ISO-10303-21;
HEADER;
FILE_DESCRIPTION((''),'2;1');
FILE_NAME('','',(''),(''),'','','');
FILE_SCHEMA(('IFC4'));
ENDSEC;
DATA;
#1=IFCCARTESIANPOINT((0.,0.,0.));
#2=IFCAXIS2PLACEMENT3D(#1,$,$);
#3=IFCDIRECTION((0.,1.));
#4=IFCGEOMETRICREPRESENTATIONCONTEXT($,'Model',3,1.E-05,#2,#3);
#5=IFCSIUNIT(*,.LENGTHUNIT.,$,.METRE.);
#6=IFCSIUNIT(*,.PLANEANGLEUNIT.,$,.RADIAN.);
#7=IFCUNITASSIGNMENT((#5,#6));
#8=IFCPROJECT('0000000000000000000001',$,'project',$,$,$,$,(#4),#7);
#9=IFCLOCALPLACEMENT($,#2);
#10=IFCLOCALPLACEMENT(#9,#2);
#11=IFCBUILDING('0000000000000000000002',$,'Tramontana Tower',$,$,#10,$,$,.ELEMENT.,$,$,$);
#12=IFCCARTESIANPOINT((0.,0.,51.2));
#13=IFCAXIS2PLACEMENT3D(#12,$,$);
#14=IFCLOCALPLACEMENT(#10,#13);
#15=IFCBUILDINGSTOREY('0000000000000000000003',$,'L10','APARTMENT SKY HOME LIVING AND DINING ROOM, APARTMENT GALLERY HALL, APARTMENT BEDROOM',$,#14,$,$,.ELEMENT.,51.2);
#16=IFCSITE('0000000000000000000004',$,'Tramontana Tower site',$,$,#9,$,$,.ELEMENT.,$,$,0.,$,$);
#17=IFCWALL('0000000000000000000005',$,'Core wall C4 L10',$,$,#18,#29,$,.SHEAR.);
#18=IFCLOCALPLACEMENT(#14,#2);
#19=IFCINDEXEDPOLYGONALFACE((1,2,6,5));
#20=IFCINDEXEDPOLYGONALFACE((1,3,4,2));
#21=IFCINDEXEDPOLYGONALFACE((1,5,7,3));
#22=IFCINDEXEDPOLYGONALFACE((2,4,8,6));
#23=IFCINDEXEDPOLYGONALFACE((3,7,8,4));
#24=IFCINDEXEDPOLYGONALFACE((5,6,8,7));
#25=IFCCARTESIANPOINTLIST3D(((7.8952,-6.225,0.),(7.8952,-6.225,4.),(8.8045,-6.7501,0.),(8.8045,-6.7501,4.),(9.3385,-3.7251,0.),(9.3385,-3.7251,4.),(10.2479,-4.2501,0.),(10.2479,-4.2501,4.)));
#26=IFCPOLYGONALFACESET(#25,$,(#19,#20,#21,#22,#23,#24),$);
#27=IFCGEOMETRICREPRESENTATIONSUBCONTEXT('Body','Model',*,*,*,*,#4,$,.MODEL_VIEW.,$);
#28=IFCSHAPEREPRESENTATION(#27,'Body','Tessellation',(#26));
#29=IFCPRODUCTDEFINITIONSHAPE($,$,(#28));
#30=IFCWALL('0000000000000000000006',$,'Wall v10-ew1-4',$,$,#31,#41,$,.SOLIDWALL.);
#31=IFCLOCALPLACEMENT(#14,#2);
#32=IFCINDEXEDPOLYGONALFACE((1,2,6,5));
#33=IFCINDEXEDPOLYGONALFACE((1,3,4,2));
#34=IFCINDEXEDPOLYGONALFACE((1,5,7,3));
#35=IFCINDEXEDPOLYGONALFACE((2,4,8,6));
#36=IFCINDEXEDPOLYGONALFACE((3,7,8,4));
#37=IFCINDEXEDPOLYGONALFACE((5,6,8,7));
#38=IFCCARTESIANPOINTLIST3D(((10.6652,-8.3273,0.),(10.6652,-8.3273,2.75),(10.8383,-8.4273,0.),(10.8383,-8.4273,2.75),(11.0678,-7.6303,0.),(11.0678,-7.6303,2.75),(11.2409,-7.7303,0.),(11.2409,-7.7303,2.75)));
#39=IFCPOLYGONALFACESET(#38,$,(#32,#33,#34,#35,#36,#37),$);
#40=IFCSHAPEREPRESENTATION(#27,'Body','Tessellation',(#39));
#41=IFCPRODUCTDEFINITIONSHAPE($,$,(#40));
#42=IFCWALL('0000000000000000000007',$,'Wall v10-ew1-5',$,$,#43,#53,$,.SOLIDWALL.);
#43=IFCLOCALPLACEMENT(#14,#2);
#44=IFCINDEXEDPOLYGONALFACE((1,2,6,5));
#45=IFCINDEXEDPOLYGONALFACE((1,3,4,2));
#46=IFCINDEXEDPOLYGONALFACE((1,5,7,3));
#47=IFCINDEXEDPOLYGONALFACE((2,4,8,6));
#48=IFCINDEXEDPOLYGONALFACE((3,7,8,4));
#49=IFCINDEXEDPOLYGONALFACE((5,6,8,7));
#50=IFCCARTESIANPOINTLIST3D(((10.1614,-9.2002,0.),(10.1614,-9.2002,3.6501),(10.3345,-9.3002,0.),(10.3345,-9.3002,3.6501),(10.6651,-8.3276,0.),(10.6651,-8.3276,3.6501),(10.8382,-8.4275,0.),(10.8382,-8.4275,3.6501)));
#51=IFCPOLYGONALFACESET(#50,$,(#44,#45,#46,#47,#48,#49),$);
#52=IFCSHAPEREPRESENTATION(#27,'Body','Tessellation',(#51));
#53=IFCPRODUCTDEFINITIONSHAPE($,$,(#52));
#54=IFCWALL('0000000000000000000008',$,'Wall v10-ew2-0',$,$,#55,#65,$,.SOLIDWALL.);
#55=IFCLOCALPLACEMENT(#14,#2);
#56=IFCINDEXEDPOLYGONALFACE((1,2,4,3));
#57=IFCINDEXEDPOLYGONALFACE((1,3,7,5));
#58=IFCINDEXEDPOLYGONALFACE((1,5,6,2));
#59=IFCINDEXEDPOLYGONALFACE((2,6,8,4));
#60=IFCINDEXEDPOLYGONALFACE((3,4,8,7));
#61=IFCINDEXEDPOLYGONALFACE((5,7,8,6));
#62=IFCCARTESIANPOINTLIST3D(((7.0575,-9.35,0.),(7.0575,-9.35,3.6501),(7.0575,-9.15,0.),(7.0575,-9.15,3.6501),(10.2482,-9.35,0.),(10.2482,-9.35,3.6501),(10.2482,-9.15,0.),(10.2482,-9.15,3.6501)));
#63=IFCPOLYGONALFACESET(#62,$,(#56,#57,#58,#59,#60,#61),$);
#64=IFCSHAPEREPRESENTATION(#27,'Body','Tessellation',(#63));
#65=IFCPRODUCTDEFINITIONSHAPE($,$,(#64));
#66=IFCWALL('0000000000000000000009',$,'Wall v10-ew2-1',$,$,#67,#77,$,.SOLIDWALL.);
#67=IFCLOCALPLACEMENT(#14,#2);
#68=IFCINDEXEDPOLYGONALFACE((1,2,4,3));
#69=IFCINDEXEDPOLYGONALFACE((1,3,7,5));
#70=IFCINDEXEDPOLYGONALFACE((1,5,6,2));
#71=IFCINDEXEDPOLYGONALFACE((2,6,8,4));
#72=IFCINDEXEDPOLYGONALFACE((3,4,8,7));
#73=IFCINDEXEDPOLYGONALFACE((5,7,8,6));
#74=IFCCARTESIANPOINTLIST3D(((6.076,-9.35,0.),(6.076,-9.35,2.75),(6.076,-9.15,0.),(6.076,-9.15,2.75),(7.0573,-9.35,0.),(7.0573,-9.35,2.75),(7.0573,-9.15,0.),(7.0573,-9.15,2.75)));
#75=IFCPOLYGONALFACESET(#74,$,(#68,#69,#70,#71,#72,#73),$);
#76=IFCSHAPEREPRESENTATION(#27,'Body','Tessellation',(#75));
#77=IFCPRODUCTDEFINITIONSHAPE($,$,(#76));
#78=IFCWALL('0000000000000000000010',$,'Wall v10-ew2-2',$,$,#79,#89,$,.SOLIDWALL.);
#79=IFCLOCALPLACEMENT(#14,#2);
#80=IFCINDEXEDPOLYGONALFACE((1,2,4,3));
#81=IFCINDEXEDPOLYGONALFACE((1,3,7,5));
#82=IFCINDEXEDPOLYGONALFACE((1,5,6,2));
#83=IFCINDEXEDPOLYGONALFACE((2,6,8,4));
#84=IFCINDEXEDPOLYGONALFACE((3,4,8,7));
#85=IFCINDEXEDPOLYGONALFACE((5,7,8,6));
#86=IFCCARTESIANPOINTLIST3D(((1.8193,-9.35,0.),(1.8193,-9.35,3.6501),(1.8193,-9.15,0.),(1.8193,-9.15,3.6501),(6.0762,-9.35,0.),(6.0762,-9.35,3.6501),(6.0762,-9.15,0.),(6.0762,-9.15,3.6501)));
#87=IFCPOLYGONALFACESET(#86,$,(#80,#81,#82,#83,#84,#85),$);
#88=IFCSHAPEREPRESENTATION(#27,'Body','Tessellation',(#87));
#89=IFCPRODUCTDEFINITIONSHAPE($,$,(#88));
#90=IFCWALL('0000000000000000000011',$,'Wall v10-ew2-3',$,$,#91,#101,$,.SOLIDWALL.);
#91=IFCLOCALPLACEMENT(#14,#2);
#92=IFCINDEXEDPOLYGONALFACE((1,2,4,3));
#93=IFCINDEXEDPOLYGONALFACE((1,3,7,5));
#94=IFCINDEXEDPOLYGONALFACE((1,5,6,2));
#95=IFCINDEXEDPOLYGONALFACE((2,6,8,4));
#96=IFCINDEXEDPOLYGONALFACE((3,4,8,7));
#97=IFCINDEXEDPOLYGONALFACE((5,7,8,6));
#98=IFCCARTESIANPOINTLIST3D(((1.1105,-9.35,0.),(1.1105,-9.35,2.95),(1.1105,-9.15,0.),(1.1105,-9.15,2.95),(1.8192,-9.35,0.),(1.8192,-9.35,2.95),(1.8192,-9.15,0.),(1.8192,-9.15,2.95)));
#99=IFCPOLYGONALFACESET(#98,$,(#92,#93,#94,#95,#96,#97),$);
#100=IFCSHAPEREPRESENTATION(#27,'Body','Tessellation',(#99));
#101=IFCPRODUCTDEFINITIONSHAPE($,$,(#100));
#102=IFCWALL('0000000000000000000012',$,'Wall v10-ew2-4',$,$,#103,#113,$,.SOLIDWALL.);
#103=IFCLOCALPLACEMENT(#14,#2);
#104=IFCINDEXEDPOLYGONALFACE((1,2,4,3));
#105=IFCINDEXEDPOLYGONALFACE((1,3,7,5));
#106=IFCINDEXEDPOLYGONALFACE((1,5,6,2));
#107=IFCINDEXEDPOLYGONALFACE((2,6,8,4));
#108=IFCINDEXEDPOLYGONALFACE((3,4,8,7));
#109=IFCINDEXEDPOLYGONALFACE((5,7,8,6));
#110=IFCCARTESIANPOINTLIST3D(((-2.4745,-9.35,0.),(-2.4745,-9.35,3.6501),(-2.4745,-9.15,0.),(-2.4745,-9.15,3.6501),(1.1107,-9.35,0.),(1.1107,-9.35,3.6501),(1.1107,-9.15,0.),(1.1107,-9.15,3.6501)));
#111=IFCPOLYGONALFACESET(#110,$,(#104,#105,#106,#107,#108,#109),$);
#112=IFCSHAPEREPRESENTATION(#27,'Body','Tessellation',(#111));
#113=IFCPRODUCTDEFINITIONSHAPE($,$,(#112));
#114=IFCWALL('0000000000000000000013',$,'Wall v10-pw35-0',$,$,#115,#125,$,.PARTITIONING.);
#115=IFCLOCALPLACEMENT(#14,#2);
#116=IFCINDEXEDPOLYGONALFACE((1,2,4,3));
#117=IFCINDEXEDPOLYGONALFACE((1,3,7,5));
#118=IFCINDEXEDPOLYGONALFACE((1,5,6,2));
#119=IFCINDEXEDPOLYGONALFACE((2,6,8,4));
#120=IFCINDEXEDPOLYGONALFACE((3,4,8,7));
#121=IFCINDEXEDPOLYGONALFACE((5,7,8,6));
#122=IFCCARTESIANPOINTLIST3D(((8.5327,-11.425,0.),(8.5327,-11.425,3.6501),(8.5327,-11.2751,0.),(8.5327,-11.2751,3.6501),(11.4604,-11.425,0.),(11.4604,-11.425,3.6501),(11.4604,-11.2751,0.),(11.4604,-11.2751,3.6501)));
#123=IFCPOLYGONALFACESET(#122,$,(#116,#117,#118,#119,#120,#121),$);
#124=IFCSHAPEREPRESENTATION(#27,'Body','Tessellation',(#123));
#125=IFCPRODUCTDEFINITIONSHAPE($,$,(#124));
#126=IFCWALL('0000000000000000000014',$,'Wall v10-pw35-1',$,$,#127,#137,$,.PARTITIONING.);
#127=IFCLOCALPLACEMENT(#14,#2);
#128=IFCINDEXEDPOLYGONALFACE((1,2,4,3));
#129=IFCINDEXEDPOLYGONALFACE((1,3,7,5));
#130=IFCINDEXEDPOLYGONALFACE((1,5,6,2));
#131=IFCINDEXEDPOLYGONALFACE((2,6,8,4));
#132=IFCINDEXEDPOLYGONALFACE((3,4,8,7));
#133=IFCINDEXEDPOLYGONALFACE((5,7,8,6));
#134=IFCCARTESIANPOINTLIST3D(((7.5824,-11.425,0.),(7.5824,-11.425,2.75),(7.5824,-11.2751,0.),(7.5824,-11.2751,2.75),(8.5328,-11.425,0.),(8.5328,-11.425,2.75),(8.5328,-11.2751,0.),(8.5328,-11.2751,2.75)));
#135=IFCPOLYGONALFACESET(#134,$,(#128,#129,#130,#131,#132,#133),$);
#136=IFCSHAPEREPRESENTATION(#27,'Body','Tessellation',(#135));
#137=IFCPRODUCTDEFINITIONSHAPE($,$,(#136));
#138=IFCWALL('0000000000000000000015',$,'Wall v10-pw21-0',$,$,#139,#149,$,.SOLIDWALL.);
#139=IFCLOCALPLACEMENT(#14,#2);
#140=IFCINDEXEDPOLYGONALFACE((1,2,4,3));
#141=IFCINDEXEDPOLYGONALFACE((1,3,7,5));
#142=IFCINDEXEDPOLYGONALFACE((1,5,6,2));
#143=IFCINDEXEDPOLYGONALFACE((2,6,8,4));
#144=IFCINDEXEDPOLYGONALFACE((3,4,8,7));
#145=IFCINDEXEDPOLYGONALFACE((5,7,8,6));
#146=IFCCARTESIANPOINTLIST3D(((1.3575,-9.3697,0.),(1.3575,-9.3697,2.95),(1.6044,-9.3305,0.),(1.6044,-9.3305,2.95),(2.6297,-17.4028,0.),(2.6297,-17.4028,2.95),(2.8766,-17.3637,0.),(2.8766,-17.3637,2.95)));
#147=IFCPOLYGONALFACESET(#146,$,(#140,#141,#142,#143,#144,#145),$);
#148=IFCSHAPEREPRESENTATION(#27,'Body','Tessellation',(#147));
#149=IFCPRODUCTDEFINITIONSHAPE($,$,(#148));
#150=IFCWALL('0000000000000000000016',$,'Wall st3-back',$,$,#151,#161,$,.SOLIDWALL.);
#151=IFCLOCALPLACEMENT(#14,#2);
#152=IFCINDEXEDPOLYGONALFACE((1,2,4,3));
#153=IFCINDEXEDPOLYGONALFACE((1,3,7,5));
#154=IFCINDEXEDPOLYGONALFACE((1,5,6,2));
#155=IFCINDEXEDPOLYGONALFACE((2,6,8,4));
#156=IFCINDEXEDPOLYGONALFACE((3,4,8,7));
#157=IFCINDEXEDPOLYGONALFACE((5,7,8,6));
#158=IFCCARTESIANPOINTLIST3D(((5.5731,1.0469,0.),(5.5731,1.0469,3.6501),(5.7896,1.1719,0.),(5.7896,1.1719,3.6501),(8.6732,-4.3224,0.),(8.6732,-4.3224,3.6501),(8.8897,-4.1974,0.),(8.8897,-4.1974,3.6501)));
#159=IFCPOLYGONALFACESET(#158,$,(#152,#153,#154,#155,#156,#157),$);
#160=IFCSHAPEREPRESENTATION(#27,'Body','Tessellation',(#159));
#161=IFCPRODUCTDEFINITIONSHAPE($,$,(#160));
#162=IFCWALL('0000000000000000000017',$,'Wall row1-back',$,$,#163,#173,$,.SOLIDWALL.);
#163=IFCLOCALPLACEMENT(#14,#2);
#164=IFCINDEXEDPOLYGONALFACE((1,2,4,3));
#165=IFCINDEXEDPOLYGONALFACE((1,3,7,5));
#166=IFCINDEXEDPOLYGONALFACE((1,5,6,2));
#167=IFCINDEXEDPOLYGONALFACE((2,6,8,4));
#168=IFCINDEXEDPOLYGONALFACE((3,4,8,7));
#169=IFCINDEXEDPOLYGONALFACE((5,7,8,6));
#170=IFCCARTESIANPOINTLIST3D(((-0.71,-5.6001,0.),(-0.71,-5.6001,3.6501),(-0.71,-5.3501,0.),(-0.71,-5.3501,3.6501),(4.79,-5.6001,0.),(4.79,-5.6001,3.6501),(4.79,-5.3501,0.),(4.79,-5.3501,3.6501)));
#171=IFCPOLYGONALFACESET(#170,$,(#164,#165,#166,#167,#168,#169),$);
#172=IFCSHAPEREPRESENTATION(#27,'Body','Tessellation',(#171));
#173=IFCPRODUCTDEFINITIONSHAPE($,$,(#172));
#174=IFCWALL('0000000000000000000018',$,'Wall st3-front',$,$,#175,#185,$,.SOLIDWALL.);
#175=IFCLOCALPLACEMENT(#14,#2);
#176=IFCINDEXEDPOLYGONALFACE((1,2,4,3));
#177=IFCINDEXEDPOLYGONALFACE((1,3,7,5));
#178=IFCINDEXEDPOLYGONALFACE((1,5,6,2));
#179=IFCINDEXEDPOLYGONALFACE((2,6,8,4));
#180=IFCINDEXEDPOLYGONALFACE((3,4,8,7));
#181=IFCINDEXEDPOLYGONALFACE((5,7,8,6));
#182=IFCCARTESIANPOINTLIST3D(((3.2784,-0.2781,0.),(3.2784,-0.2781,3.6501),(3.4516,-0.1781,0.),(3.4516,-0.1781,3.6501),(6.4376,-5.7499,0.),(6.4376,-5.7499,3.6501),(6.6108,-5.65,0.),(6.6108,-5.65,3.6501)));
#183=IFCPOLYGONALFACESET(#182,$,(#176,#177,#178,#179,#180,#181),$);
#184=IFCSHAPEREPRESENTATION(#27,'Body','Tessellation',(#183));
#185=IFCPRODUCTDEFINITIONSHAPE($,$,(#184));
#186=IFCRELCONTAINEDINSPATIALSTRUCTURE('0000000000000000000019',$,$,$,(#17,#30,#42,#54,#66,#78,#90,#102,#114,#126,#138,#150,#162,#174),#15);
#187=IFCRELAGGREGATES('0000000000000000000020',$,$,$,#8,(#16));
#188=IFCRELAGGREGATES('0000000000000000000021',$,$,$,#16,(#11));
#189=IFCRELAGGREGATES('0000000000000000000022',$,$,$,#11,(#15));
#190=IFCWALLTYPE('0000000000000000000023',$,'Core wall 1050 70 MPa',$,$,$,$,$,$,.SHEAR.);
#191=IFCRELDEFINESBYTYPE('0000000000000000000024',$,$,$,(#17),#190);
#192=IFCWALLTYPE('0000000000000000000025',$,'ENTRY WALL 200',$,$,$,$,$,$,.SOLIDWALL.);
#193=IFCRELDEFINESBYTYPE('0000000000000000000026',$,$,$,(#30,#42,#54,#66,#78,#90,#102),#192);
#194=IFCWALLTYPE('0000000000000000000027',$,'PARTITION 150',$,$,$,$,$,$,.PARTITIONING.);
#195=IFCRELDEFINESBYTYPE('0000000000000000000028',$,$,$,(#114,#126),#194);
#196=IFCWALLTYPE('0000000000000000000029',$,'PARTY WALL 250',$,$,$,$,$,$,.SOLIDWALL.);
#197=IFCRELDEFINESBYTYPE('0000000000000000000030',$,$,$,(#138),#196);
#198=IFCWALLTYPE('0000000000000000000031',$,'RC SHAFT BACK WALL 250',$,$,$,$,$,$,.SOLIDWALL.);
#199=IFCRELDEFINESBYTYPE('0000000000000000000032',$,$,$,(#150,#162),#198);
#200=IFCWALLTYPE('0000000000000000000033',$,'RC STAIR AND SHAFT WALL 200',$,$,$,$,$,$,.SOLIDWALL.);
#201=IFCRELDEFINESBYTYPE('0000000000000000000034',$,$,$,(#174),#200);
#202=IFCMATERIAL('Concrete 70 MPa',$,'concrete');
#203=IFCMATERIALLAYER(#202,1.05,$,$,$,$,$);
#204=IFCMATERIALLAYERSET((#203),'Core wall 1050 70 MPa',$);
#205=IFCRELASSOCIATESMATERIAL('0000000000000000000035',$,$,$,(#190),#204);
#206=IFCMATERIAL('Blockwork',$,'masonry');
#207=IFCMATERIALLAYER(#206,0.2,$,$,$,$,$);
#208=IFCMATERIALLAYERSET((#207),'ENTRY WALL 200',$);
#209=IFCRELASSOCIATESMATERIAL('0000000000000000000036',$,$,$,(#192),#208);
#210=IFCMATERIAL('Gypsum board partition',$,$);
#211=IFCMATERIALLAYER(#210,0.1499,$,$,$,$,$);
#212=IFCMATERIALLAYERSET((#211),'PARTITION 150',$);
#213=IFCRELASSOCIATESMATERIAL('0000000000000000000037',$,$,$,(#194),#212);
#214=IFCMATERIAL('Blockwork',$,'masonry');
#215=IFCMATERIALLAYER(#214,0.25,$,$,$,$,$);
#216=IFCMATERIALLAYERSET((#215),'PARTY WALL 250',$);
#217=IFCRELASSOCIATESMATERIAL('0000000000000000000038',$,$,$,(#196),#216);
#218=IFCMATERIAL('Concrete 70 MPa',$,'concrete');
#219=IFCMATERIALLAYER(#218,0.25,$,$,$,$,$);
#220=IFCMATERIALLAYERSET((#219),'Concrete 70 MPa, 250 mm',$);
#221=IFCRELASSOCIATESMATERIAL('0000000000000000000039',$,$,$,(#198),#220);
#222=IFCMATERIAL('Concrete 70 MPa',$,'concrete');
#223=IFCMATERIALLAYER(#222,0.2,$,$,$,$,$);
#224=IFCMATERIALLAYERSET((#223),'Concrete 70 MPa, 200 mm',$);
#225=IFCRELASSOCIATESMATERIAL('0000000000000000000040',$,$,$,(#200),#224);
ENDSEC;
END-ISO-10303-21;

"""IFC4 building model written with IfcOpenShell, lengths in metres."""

from ifc_helpers import new_model, si_unit, direction, frame, frame_2d, origin, place, context, subcontext, project, spatial, rectangle, extrude, material, layer, layer_set, type_object, element, save


model = new_model("IFC4")

# Units and contexts
model_context = context("Model", 3, precision=1e-05, world=origin(), true_north=direction((0.0, 1.0)))
body_context = subcontext(model_context, "Body", "Model", "MODEL_VIEW")
ifc_project = project(units=[si_unit("LENGTHUNIT", "METRE"), si_unit("PLANEANGLEUNIT", "RADIAN")], contexts=[model_context])

# Site, building, storey
site_placement = place(None, origin())
site = spatial("IfcSite", under=ifc_project, at=site_placement, Name="Tramontana Tower site", CompositionType="ELEMENT", RefElevation=0.0)
building_placement = place(site_placement, origin())
building = spatial("IfcBuilding", under=site, at=building_placement, Name="Tramontana Tower", CompositionType="ELEMENT")
storey_placement = place(building_placement, frame((0.0, 0.0, 51.2)))
storey = spatial("IfcBuildingStorey", under=building, at=storey_placement, Name="L10", Description="APARTMENT SKY HOME LIVING AND DINING ROOM, APARTMENT GALLERY HALL, APARTMENT BEDROOM", CompositionType="ELEMENT", Elevation=51.2)

# Wall
ifc_material_1 = material(Name="Concrete 70 MPa", Category="concrete")
ifc_layer_1 = layer(ifc_material_1, 1.05)
ifc_layer_set_1 = layer_set([ifc_layer_1], Name="Core wall 1050 70 MPa")
wall_type_1 = type_object("IfcWallType", Name="Core wall 1050 70 MPa", PredefinedType="SHEAR", material=ifc_layer_set_1)
wall_1_placement = place(storey_placement, frame((8.3499, -6.4875, 0.0), z_axis=(0.0, 0.0, 1.0), x_axis=(0.499996, 0.866028, 0.0)))
element("IfcWall", 1, at=wall_1_placement, inside=storey, type_object=wall_type_1, Name="Core wall C4 L10", PredefinedType="SHEAR", context=body_context, shape_type="SweptSolid", body=[
    extrude(rectangle(XDim=2.8867, YDim=1.05, at=frame_2d((1.4434, 0.0))), origin(), (0.0, 0.0, 1.0), 4.0),
])

# Walls
ifc_material_2 = material(Name="Blockwork", Category="masonry")
ifc_layer_2 = layer(ifc_material_2, 0.2)
ifc_layer_set_2 = layer_set([ifc_layer_2], Name="ENTRY WALL 200")
wall_type_2 = type_object("IfcWallType", Name="ENTRY WALL 200", PredefinedType="SOLIDWALL", material=ifc_layer_set_2)
wall_2_placement = place(storey_placement, frame((11.1543, -7.6804, 0.0), z_axis=(0.0, 0.0, 1.0), x_axis=(-0.500151, -0.865938, 0.0)))
element("IfcWall", 2, at=wall_2_placement, inside=storey, type_object=wall_type_2, Name="Wall v10-ew1-4", PredefinedType="SOLIDWALL", context=body_context, shape_type="SweptSolid", body=[
    extrude(rectangle(XDim=0.8049, YDim=0.2, at=frame_2d((0.4023, 0.0))), origin(), (0.0, 0.0, 1.0), 2.75),
])
wall_3_placement = place(storey_placement, frame((10.7517, -8.3774, 0.0), z_axis=(0.0, 0.0, 1.0), x_axis=(-0.499918, -0.866073, 0.0)))
element("IfcWall", 3, at=wall_3_placement, inside=storey, type_object=wall_type_2, Name="Wall v10-ew1-5", PredefinedType="SOLIDWALL", context=body_context, shape_type="SweptSolid", body=[
    extrude(rectangle(XDim=1.0076, YDim=0.2, at=frame_2d((0.5039, 0.0))), origin(), (0.0, 0.0, 1.0), 3.6501),
])
wall_4_placement = place(storey_placement, frame((10.248, -9.25, 0.0), z_axis=(0.0, 0.0, 1.0), x_axis=(-1.0, 0.0, 0.0)))
element("IfcWall", 4, at=wall_4_placement, inside=storey, type_object=wall_type_2, Name="Wall v10-ew2-0", PredefinedType="SOLIDWALL", context=body_context, shape_type="SweptSolid", body=[
    extrude(rectangle(XDim=3.1907, YDim=0.2, at=frame_2d((1.5952, 0.0))), origin(), (0.0, 0.0, 1.0), 3.6501),
])
wall_5_placement = place(storey_placement, frame((7.0574, -9.25, 0.0), z_axis=(0.0, 0.0, 1.0), x_axis=(-1.0, 0.0, 0.0)))
element("IfcWall", 5, at=wall_5_placement, inside=storey, type_object=wall_type_2, Name="Wall v10-ew2-1", PredefinedType="SOLIDWALL", context=body_context, shape_type="SweptSolid", body=[
    extrude(rectangle(XDim=0.9812, YDim=0.2, at=frame_2d((0.4907, 0.0))), origin(), (0.0, 0.0, 1.0), 2.75),
])
wall_6_placement = place(storey_placement, frame((6.0762, -9.25, 0.0), z_axis=(0.0, 0.0, 1.0), x_axis=(-1.0, 0.0, 0.0)))
element("IfcWall", 6, at=wall_6_placement, inside=storey, type_object=wall_type_2, Name="Wall v10-ew2-2", PredefinedType="SOLIDWALL", context=body_context, shape_type="SweptSolid", body=[
    extrude(rectangle(XDim=4.2568, YDim=0.2, at=frame_2d((2.1284, 0.0))), origin(), (0.0, 0.0, 1.0), 3.6501),
])
wall_7_placement = place(storey_placement, frame((1.8193, -9.25, 0.0), z_axis=(0.0, 0.0, 1.0), x_axis=(-1.0, 0.0, 0.0)))
element("IfcWall", 7, at=wall_7_placement, inside=storey, type_object=wall_type_2, Name="Wall v10-ew2-3", PredefinedType="SOLIDWALL", context=body_context, shape_type="SweptSolid", body=[
    extrude(rectangle(XDim=0.7087, YDim=0.2, at=frame_2d((0.3545, 0.0))), origin(), (0.0, 0.0, 1.0), 2.95),
])
wall_8_placement = place(storey_placement, frame((1.1106, -9.25, 0.0), z_axis=(0.0, 0.0, 1.0), x_axis=(-1.0, 0.0, 0.0)))
element("IfcWall", 8, at=wall_8_placement, inside=storey, type_object=wall_type_2, Name="Wall v10-ew2-4", PredefinedType="SOLIDWALL", context=body_context, shape_type="SweptSolid", body=[
    extrude(rectangle(XDim=3.5852, YDim=0.2, at=frame_2d((1.7925, 0.0))), origin(), (0.0, 0.0, 1.0), 3.6501),
])
ifc_material_3 = material(Name="Gypsum board partition")
ifc_layer_3 = layer(ifc_material_3, 0.1499)
ifc_layer_set_3 = layer_set([ifc_layer_3], Name="PARTITION 150")
wall_type_3 = type_object("IfcWallType", Name="PARTITION 150", PredefinedType="PARTITIONING", material=ifc_layer_set_3)
wall_9_placement = place(storey_placement, frame((11.4604, -11.3501, 0.0), z_axis=(0.0, 0.0, 1.0), x_axis=(-1.0, 0.0, 0.0)))
element("IfcWall", 9, at=wall_9_placement, inside=storey, type_object=wall_type_3, Name="Wall v10-pw35-0", PredefinedType="PARTITIONING", context=body_context, shape_type="SweptSolid", body=[
    extrude(rectangle(XDim=2.9277, YDim=0.1499, at=frame_2d((1.4639, 0.0))), origin(), (0.0, 0.0, 1.0), 3.6501),
])
wall_10_placement = place(storey_placement, frame((8.5327, -11.3501, 0.0), z_axis=(0.0, 0.0, 1.0), x_axis=(-1.0, 0.0, 0.0)))
element("IfcWall", 10, at=wall_10_placement, inside=storey, type_object=wall_type_3, Name="Wall v10-pw35-1", PredefinedType="PARTITIONING", context=body_context, shape_type="SweptSolid", body=[
    extrude(rectangle(XDim=0.9504, YDim=0.1499, at=frame_2d((0.4751, 0.0))), origin(), (0.0, 0.0, 1.0), 2.75),
])
ifc_material_4 = material(Name="Blockwork", Category="masonry")
ifc_layer_4 = layer(ifc_material_4, 0.25)
ifc_layer_set_4 = layer_set([ifc_layer_4], Name="PARTY WALL 250")
wall_type_4 = type_object("IfcWallType", Name="PARTY WALL 250", PredefinedType="SOLIDWALL", material=ifc_layer_set_4)
wall_11_placement = place(storey_placement, frame((1.481, -9.3501, 0.0), z_axis=(0.0, 0.0, 1.0), x_axis=(0.15642, -0.987691, 0.0)))
element("IfcWall", 11, at=wall_11_placement, inside=storey, type_object=wall_type_4, Name="Wall v10-pw21-0", PredefinedType="SOLIDWALL", context=body_context, shape_type="SweptSolid", body=[
    extrude(rectangle(XDim=8.1333, YDim=0.25, at=frame_2d((4.0667, 0.0))), origin(), (0.0, 0.0, 1.0), 2.95),
])
ifc_material_5 = material(Name="Concrete 70 MPa", Category="concrete")
ifc_layer_5 = layer(ifc_material_5, 0.25)
ifc_layer_set_5 = layer_set([ifc_layer_5], Name="Concrete 70 MPa, 250 mm")
wall_type_5 = type_object("IfcWallType", Name="RC SHAFT BACK WALL 250", PredefinedType="SOLIDWALL", material=ifc_layer_set_5)
wall_12_placement = place(storey_placement, frame((8.7815, -4.26, 0.0), z_axis=(0.0, 0.0, 1.0), x_axis=(-0.50001, 0.86602, 0.0)))
element("IfcWall", 12, at=wall_12_placement, inside=storey, type_object=wall_type_5, Name="Wall st3-back", PredefinedType="SOLIDWALL", context=body_context, shape_type="SweptSolid", body=[
    extrude(rectangle(XDim=6.2, YDim=0.25, at=frame_2d((3.1001, 0.0))), origin(), (0.0, 0.0, 1.0), 3.6501),
])
wall_13_placement = place(storey_placement, frame((-0.71, -5.4751, 0.0), z_axis=(0.0, 0.0, 1.0), x_axis=(1.0, 0.0, 0.0)))
element("IfcWall", 13, at=wall_13_placement, inside=storey, type_object=wall_type_5, Name="Wall row1-back", PredefinedType="SOLIDWALL", context=body_context, shape_type="SweptSolid", body=[
    extrude(rectangle(XDim=5.5, YDim=0.25, at=frame_2d((2.75, 0.0))), origin(), (0.0, 0.0, 1.0), 3.6501),
])
ifc_material_6 = material(Name="Concrete 70 MPa", Category="concrete")
ifc_layer_6 = layer(ifc_material_6, 0.2)
ifc_layer_set_6 = layer_set([ifc_layer_6], Name="Concrete 70 MPa, 200 mm")
wall_type_6 = type_object("IfcWallType", Name="RC STAIR AND SHAFT WALL 200", PredefinedType="SOLIDWALL", material=ifc_layer_set_6)
wall_14_placement = place(storey_placement, frame((6.5242, -5.7, 0.0), z_axis=(0.0, 0.0, 1.0), x_axis=(-0.499996, 0.866028, 0.0)))
element("IfcWall", 14, at=wall_14_placement, inside=storey, type_object=wall_type_6, Name="Wall st3-front", PredefinedType="SOLIDWALL", context=body_context, shape_type="SweptSolid", body=[
    extrude(rectangle(XDim=6.3184, YDim=0.2, at=frame_2d((3.1592, 0.0))), origin(), (0.0, 0.0, 1.0), 3.6501),
])

save(model, "model.ifc")
